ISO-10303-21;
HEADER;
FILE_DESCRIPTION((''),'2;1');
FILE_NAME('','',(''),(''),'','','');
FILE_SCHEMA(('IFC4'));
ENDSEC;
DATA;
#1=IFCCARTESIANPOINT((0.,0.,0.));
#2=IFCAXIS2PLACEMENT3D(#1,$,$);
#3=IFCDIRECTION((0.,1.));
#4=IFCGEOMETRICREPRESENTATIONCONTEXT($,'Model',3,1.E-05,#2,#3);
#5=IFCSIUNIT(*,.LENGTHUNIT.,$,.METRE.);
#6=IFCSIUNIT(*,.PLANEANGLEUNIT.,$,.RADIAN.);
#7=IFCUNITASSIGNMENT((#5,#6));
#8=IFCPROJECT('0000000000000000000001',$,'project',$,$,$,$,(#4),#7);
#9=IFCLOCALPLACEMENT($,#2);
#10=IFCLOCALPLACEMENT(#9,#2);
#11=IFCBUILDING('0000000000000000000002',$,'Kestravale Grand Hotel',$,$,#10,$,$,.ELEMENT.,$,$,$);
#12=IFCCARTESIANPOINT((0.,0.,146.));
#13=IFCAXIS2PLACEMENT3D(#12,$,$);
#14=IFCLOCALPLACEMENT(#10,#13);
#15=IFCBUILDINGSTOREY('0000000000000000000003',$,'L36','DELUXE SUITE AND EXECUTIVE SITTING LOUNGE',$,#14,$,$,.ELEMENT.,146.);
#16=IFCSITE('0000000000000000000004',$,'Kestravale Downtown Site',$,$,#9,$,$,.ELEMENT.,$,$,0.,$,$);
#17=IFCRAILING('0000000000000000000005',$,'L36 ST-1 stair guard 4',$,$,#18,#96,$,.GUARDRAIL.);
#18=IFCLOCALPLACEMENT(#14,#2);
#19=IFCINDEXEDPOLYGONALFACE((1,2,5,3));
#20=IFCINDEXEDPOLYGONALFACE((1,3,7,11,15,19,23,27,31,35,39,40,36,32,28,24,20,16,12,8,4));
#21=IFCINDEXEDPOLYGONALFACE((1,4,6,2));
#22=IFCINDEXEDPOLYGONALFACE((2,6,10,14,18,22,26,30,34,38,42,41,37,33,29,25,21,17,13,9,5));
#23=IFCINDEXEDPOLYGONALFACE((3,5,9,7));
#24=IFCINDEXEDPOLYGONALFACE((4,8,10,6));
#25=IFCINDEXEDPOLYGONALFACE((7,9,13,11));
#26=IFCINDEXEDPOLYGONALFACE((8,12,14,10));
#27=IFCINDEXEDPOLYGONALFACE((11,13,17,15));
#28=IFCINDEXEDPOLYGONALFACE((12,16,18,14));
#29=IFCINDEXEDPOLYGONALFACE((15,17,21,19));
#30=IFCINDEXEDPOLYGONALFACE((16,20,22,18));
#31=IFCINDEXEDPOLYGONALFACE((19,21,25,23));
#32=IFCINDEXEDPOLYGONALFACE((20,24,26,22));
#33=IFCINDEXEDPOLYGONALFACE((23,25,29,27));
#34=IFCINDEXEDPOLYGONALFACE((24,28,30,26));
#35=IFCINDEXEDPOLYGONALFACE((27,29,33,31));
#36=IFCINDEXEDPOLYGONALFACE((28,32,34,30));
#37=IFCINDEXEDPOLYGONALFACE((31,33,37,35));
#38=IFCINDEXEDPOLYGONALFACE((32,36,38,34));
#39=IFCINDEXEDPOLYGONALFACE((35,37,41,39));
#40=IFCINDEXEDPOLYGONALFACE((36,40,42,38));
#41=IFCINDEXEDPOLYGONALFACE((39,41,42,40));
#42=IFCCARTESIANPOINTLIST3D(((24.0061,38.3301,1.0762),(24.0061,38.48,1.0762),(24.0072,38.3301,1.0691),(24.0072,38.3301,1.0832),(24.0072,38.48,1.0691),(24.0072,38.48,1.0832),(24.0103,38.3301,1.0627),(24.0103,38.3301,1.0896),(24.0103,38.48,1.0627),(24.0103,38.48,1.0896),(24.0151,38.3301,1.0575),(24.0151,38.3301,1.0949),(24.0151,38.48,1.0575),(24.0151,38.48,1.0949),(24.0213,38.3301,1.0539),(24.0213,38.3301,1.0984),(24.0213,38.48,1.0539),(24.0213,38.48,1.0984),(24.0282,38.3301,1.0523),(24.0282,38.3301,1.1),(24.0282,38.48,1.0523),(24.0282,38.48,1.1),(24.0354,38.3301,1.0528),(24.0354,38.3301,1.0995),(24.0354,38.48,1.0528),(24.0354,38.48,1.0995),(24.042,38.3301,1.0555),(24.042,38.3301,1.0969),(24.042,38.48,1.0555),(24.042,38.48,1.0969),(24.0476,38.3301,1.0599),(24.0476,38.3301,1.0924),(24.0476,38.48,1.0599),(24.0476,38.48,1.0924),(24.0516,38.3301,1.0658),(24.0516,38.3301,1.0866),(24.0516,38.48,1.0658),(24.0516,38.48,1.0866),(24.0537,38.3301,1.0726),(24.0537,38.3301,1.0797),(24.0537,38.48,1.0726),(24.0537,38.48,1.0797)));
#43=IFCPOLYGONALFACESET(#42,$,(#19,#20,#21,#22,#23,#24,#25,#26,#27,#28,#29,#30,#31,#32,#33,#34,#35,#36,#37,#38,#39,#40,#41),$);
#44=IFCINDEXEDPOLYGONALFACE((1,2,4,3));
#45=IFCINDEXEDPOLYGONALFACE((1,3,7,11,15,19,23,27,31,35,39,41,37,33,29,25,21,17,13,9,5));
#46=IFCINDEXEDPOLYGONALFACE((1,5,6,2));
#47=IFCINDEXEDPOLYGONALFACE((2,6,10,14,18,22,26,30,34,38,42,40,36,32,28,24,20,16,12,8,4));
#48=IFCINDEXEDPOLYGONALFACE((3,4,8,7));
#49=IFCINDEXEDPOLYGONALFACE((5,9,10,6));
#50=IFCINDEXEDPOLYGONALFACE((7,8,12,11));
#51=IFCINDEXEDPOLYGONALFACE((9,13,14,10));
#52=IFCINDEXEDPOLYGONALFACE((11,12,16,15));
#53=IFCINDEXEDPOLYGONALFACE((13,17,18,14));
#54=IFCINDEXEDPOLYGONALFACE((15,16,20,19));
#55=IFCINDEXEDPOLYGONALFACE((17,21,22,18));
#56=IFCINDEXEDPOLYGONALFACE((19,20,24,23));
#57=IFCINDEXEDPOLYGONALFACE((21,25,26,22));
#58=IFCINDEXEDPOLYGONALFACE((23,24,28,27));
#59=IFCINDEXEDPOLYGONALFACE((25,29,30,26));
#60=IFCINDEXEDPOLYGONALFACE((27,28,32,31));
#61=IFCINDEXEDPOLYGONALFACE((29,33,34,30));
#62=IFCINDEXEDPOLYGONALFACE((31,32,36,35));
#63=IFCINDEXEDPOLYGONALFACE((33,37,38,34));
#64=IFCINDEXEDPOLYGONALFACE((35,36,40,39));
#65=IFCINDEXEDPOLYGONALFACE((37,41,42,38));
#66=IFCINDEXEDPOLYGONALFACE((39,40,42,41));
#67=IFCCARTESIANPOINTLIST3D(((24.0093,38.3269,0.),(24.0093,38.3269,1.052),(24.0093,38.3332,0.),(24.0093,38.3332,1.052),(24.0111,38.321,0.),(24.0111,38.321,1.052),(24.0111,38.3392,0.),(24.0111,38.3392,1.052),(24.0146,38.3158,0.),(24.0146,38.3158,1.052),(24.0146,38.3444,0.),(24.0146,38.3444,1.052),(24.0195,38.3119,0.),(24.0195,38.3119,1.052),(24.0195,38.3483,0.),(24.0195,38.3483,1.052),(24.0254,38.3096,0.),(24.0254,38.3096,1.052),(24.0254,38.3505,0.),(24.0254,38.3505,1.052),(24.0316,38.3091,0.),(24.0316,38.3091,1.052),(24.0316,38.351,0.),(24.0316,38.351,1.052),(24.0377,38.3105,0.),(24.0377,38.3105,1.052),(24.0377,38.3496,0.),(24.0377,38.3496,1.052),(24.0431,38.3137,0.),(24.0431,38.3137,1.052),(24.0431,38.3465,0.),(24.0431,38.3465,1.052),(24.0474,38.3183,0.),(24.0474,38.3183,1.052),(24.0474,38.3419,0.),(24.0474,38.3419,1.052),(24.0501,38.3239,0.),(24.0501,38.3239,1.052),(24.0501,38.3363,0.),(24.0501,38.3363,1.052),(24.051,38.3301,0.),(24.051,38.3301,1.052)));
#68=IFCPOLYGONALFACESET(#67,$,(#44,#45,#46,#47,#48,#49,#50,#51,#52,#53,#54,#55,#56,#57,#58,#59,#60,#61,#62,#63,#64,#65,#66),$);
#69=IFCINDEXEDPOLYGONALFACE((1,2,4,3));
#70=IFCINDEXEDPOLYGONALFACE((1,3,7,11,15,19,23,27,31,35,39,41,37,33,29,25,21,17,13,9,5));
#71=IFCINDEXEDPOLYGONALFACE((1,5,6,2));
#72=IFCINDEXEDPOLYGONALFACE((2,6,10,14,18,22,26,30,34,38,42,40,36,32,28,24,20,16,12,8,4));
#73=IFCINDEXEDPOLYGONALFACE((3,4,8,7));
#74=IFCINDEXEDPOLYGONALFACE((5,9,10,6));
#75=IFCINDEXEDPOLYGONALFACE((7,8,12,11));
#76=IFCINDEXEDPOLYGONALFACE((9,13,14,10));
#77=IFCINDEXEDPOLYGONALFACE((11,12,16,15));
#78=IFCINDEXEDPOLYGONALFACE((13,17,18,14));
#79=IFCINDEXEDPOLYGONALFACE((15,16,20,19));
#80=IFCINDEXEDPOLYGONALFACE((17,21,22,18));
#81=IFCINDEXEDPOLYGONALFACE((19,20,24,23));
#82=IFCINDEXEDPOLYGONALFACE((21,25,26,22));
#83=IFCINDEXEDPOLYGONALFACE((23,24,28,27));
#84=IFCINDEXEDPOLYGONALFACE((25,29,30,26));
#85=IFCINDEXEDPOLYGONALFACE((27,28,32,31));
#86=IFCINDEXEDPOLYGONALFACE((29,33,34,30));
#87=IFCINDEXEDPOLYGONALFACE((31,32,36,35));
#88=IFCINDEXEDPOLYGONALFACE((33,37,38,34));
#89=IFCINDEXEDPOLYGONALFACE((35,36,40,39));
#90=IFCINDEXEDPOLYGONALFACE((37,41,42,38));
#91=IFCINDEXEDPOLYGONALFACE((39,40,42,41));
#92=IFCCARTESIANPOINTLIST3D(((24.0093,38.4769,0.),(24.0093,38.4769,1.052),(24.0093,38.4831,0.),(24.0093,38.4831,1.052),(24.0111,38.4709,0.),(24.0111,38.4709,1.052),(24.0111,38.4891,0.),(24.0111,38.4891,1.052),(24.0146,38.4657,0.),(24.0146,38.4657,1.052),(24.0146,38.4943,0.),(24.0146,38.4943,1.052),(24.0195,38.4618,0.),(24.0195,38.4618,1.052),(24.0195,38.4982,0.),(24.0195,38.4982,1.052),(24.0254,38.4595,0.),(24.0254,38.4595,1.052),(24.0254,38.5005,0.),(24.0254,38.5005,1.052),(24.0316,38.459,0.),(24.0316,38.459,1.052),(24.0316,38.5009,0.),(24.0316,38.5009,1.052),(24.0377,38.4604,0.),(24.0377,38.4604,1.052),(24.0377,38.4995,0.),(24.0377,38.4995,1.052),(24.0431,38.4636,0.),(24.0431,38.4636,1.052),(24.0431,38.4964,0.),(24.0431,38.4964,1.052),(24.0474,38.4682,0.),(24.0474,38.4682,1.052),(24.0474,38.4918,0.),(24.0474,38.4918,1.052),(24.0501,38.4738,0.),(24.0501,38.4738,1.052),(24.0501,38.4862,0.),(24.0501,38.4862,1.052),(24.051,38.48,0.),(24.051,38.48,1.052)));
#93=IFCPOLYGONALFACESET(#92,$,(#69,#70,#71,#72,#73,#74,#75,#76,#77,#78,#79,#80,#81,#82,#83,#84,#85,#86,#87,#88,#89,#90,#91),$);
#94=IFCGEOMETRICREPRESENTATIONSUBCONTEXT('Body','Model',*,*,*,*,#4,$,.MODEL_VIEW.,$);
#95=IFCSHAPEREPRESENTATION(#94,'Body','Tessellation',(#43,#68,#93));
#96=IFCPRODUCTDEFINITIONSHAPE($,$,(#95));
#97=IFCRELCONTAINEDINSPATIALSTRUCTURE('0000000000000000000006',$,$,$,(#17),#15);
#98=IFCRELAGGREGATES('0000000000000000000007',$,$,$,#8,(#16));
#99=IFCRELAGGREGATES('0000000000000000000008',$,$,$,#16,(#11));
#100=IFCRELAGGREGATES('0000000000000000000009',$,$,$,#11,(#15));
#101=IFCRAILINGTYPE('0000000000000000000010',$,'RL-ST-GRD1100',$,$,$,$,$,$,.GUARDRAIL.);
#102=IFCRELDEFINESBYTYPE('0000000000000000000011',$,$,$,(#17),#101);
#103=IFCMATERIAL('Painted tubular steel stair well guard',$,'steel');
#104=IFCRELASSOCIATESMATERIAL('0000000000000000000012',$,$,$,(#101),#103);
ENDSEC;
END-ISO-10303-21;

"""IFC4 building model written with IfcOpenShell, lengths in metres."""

from ifc_helpers import new_model, si_unit, direction, frame, origin, origin_2d, place, context, subcontext, project, spatial, circle, extrude, material, type_object, element, save


model = new_model("IFC4")

# Units and contexts
model_context = context("Model", 3, precision=1e-05, world=origin(), true_north=direction((0.0, 1.0)))
body_context = subcontext(model_context, "Body", "Model", "MODEL_VIEW")
ifc_project = project(units=[si_unit("LENGTHUNIT", "METRE"), si_unit("PLANEANGLEUNIT", "RADIAN")], contexts=[model_context])

# Site, building, storey
site_placement = place(None, origin())
site = spatial("IfcSite", under=ifc_project, at=site_placement, Name="Kestravale Downtown Site", CompositionType="ELEMENT", RefElevation=0.0)
building_placement = place(site_placement, origin())
building = spatial("IfcBuilding", under=site, at=building_placement, Name="Kestravale Grand Hotel", CompositionType="ELEMENT")
storey_placement = place(building_placement, frame((0.0, 0.0, 146.0)))
storey = spatial("IfcBuildingStorey", under=building, at=storey_placement, Name="L36", Description="DELUXE SUITE AND EXECUTIVE SITTING LOUNGE", CompositionType="ELEMENT", Elevation=146.0)

# Railing
ifc_material_1 = material(Name="Painted tubular steel stair well guard", Category="steel")
railing_type_1 = type_object("IfcRailingType", Name="RL-ST-GRD1100", PredefinedType="GUARDRAIL", material=ifc_material_1)
railing_1_placement = place(storey_placement, frame((24.03, 38.3301, 0.0)))
element("IfcRailing", 1, at=railing_1_placement, inside=storey, type_object=railing_type_1, Name="L36 ST-1 stair guard 4", PredefinedType="GUARDRAIL", context=body_context, shape_type="SweptSolid", body=[
    extrude(circle(Radius=0.0239, at=origin_2d()), frame((0.0, 0.0, 1.0762), z_axis=(0.0, 1.0, 0.0), x_axis=(-1.0, 0.0, 0.0)), (0.0, 0.0, 1.0), 0.1499),
    extrude(circle(Radius=0.021, at=origin_2d()), origin(), (0.0, 0.0, 1.0), 1.052),
    extrude(circle(Radius=0.021, at=origin_2d()), frame((0.0, 0.1499, 0.0)), (0.0, 0.0, 1.0), 1.052),
])

save(model, "model.ifc")
